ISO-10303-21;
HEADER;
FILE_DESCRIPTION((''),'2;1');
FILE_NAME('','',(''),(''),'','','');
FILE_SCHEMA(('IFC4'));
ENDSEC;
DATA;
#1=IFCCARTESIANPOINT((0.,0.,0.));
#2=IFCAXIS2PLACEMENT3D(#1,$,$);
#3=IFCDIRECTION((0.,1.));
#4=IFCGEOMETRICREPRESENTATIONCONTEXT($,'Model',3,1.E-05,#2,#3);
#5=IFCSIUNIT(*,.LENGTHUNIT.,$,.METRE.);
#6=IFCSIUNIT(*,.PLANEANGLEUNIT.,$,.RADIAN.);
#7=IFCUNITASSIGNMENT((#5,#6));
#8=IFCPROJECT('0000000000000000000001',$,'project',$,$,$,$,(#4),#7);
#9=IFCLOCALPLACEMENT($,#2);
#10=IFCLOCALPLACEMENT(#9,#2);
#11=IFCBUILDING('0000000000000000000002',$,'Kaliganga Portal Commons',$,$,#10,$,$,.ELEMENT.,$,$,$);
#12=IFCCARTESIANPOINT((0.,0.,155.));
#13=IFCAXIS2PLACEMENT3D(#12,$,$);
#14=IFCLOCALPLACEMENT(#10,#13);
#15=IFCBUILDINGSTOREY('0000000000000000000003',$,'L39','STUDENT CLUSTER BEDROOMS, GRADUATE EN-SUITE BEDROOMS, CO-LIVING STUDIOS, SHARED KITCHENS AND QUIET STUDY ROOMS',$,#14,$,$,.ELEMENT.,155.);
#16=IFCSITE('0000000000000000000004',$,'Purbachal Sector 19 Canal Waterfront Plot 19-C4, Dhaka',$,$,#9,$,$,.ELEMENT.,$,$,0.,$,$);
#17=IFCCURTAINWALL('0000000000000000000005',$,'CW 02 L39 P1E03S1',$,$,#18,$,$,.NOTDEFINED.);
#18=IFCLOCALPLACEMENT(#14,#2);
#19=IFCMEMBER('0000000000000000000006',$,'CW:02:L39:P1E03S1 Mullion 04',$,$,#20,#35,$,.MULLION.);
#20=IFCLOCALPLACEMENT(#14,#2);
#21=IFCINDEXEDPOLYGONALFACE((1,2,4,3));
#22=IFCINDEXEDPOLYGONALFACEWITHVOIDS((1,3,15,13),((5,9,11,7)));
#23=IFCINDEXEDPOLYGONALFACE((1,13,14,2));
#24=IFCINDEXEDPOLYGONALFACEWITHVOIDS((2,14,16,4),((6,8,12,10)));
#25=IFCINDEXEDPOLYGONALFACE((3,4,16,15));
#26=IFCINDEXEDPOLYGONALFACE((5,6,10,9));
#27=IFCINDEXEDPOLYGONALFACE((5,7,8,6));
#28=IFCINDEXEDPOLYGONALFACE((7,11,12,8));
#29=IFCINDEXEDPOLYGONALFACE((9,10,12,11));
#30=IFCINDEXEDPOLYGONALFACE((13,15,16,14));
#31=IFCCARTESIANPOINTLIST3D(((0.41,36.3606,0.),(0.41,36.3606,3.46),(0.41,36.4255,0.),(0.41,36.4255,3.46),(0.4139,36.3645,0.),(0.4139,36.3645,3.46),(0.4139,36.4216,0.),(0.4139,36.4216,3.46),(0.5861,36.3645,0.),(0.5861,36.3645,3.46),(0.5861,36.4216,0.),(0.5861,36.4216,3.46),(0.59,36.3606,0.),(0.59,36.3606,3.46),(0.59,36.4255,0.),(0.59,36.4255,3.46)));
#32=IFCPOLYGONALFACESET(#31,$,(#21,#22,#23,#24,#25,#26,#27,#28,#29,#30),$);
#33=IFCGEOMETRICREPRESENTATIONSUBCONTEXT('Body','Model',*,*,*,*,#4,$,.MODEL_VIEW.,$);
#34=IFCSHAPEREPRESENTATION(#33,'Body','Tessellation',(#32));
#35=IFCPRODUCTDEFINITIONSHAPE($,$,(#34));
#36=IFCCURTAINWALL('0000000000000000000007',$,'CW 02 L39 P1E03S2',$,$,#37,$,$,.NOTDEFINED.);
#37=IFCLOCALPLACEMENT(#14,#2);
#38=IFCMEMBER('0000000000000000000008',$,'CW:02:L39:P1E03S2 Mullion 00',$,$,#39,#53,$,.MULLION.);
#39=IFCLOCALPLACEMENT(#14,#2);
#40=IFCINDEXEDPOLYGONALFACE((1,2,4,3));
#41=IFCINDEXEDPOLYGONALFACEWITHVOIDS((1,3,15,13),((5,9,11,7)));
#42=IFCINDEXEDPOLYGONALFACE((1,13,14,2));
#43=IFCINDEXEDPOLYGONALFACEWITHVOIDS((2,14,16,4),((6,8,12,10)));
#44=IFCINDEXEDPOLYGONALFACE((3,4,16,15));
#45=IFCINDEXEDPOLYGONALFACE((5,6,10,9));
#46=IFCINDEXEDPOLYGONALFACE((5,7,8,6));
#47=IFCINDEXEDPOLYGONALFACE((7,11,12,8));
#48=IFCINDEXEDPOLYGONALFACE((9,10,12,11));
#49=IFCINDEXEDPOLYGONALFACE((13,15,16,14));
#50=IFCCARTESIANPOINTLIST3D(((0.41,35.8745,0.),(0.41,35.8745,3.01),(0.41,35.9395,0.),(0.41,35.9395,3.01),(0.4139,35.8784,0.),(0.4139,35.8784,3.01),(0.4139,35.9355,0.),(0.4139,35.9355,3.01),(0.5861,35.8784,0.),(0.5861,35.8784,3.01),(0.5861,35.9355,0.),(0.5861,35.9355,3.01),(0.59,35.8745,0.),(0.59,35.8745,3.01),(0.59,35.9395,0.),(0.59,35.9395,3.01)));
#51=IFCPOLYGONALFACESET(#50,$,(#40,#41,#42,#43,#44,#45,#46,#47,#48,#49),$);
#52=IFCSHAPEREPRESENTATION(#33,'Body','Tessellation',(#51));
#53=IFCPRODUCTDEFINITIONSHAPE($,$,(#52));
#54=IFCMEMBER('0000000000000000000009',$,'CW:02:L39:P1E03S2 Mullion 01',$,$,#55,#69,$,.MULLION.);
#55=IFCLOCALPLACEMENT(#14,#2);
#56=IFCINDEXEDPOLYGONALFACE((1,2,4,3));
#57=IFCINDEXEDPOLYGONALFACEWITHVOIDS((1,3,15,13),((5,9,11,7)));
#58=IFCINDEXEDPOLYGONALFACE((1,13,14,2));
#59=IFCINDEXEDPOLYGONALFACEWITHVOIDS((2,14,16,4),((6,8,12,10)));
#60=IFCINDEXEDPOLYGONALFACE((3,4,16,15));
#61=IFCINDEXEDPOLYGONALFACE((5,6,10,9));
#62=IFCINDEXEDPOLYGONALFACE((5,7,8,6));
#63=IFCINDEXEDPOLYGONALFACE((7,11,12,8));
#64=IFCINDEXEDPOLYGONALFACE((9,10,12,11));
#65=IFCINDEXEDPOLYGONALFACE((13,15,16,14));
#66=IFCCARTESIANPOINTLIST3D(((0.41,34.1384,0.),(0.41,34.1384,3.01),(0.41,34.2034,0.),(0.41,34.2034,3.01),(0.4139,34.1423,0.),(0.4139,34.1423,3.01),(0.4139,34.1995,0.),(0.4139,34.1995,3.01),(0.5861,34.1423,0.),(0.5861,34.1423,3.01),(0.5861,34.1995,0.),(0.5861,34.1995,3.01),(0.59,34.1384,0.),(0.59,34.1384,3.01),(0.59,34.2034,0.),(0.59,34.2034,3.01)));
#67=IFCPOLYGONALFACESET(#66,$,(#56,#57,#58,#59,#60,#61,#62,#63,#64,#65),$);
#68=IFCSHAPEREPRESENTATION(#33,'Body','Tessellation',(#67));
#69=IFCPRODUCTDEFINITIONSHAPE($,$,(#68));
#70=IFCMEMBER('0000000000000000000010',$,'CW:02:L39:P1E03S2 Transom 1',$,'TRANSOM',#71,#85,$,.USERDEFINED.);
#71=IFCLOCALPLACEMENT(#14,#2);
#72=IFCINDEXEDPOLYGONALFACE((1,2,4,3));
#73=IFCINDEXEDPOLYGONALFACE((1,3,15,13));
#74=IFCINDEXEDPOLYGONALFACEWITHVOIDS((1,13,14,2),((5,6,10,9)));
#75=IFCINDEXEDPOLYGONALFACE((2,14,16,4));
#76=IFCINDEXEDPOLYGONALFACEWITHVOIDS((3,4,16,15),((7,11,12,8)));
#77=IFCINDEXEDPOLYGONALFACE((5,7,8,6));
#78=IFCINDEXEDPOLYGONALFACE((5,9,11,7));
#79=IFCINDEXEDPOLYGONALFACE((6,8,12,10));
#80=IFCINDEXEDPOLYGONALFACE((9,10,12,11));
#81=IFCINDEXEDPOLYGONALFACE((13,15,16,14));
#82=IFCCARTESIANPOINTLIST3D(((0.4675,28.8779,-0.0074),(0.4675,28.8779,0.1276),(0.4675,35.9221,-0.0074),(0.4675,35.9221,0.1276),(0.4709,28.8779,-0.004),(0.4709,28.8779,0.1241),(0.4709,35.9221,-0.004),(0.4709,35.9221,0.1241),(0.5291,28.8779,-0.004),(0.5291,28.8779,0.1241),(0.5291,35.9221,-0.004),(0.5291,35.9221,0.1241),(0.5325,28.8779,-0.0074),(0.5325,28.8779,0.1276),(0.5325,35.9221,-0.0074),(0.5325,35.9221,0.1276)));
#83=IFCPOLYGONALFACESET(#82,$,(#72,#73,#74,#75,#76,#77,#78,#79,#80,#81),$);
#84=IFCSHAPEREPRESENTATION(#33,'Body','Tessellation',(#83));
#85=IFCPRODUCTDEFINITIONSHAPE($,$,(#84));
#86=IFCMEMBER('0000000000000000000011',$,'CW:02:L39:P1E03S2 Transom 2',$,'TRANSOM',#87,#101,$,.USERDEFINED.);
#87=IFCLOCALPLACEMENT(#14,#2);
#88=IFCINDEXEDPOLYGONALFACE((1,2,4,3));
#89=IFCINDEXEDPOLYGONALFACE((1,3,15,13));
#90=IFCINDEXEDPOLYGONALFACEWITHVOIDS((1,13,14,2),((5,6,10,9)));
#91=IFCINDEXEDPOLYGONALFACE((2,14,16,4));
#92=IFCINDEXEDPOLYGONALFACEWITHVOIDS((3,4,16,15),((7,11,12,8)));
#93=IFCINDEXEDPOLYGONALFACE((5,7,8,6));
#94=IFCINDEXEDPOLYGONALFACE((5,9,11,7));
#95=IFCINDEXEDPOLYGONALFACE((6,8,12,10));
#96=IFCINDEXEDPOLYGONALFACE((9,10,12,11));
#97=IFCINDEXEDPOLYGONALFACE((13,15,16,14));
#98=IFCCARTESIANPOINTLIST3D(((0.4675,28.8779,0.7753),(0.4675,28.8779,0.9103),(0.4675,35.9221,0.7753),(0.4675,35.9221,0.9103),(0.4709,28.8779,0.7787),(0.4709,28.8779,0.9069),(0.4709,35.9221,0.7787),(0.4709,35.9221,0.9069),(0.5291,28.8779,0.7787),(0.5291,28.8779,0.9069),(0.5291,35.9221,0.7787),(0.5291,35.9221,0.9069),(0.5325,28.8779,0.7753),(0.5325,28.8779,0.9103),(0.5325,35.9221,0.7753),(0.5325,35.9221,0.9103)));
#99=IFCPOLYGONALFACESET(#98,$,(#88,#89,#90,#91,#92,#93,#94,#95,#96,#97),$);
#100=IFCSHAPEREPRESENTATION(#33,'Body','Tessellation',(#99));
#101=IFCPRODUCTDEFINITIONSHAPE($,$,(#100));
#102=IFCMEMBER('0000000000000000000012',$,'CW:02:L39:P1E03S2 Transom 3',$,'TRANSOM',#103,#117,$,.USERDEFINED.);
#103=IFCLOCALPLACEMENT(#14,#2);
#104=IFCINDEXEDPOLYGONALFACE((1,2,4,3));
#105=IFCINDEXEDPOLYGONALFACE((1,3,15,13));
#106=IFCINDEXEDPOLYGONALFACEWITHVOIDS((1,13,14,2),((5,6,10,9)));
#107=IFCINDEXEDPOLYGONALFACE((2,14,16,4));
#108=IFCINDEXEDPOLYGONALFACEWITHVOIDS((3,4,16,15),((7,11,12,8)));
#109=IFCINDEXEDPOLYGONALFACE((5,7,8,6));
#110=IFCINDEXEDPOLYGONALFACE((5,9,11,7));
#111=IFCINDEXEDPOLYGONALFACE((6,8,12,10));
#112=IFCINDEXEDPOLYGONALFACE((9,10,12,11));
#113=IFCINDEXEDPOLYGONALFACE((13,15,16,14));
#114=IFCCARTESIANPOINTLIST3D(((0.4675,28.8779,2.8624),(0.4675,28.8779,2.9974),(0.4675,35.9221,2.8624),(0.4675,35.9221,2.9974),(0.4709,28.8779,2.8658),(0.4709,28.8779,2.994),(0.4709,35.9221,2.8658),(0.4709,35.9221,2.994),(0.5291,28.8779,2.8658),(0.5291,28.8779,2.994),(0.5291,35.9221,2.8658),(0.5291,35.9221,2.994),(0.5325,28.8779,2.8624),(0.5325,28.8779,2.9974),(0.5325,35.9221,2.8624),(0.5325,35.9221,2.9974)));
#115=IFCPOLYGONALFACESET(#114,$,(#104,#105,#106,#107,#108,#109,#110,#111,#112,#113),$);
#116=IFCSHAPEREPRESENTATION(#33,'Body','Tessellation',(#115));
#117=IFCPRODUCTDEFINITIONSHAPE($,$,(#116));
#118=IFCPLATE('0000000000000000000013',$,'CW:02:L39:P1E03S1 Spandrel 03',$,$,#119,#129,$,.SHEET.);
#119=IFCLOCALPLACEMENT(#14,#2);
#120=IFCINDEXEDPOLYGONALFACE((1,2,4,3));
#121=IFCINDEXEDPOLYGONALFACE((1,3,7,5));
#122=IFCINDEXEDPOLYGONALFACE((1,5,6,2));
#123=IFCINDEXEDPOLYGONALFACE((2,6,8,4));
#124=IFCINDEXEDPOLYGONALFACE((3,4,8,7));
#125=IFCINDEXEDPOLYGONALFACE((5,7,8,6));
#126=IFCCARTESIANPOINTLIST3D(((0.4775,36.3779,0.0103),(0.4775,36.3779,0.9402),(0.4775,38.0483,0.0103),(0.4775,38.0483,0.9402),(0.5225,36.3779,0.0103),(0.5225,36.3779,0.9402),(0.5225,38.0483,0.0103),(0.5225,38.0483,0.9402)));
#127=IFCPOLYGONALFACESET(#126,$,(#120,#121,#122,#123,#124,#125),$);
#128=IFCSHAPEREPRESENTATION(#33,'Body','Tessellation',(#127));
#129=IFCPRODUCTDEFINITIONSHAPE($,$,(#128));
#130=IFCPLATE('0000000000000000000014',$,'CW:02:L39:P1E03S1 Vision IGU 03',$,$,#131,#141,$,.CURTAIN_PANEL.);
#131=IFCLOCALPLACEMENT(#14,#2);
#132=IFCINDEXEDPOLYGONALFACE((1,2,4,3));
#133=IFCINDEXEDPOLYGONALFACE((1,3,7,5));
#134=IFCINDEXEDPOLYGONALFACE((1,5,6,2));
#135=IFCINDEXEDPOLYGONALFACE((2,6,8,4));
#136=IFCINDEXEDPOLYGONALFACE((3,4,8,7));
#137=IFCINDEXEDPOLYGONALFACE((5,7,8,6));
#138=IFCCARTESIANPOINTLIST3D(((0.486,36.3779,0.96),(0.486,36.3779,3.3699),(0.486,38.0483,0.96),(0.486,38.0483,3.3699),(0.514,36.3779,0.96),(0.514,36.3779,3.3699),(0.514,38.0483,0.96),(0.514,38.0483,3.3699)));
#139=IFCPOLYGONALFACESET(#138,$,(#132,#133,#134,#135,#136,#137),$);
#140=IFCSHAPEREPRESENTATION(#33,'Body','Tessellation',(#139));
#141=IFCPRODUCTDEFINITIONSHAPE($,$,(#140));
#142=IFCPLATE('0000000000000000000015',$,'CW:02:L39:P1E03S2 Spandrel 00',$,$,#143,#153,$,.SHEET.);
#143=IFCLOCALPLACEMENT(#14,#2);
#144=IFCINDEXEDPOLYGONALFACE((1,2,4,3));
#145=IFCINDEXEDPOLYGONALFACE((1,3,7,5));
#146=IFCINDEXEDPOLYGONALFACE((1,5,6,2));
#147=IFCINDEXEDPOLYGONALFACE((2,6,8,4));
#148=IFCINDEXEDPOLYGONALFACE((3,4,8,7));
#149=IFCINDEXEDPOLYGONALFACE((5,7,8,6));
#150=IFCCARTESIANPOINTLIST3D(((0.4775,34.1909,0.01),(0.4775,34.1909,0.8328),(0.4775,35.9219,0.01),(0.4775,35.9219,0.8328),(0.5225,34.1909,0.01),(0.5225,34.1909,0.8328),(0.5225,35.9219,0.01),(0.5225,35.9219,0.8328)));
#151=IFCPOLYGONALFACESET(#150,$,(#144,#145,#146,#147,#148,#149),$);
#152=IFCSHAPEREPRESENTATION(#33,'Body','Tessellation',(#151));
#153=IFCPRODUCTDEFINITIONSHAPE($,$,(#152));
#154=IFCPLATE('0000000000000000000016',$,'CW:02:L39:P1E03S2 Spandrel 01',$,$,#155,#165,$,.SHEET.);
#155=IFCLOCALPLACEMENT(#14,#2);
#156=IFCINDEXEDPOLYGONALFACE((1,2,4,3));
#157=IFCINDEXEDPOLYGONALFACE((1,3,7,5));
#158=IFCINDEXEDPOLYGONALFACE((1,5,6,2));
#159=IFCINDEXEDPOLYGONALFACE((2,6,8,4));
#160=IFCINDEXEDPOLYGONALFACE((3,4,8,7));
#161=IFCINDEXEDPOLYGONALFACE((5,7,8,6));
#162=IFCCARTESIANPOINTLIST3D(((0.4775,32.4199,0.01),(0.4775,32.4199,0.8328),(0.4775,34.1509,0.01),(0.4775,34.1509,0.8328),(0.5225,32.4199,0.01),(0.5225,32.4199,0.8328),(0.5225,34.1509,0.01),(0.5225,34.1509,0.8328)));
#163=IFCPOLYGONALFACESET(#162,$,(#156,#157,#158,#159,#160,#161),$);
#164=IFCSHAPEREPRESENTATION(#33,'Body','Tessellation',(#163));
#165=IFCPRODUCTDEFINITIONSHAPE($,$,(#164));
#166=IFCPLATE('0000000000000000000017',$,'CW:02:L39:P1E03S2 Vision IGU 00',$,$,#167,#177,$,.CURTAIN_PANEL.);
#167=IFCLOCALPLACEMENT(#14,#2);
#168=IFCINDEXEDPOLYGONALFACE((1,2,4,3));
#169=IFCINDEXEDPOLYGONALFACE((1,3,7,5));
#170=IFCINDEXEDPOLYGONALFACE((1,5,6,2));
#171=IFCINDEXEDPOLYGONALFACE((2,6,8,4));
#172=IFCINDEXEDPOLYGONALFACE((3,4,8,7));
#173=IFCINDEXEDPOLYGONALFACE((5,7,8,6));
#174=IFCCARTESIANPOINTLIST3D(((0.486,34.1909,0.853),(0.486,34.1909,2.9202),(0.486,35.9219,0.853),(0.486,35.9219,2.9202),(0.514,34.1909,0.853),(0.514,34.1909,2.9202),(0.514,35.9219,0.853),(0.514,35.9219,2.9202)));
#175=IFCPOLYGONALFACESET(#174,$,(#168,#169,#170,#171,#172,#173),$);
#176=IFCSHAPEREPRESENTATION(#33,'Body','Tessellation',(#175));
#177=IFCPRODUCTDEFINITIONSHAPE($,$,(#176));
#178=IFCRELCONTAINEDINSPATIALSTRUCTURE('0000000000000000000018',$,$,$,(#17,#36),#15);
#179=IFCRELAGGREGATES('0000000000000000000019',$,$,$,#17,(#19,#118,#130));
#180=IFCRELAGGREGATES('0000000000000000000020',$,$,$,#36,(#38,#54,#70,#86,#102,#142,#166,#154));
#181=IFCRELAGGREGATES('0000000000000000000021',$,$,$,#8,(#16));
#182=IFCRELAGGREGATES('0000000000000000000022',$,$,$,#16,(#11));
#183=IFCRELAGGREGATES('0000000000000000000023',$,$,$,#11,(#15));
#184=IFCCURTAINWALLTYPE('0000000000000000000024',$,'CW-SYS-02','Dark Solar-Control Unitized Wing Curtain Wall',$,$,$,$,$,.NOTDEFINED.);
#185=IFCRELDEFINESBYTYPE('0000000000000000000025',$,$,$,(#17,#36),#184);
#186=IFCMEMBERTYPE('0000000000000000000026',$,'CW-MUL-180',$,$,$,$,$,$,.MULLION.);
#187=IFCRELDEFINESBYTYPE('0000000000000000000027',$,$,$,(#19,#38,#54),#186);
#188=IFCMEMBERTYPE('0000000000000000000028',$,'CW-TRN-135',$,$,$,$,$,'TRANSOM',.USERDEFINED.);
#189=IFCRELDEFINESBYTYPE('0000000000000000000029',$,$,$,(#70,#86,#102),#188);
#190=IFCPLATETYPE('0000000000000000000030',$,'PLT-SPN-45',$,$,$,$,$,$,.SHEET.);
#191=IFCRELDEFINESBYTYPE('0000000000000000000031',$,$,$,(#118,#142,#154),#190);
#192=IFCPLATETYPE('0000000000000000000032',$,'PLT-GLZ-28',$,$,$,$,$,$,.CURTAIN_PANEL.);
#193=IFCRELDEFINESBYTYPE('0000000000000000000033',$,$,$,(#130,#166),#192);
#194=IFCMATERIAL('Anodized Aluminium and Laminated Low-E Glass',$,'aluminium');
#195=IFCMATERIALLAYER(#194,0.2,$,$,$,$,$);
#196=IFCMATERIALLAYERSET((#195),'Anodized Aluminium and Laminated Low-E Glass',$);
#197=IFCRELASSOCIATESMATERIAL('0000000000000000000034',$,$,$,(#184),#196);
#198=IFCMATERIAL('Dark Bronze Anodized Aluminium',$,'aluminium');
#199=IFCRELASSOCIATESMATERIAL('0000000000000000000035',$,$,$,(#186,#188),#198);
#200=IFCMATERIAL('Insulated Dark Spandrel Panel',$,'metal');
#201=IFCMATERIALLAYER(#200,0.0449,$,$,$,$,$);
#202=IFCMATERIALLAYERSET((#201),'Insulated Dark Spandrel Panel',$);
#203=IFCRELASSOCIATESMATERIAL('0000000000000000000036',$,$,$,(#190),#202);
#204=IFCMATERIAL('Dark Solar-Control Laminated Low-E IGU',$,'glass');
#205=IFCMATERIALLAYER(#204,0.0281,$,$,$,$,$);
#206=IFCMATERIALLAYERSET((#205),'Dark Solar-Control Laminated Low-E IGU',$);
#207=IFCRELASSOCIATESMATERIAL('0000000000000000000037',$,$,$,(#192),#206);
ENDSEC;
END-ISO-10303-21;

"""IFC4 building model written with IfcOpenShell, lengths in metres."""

from ifc_helpers import new_model, si_unit, direction, frame, origin, origin_2d, place, context, subcontext, project, spatial, rectangle, hollow_rectangle, extrude, source, transform, mapped, material, layer, layer_set, material_profile, profile_set, type_object, element, aggregate, save


model = new_model("IFC4")

# Units and contexts
model_context = context("Model", 3, precision=1e-05, world=origin(), true_north=direction((0.0, 1.0)))
body_context = subcontext(model_context, "Body", "Model", "MODEL_VIEW")
ifc_project = project(units=[si_unit("LENGTHUNIT", "METRE"), si_unit("PLANEANGLEUNIT", "RADIAN")], contexts=[model_context])

# Site, building, storey
site_placement = place(None, origin())
site = spatial("IfcSite", under=ifc_project, at=site_placement, Name="Purbachal Sector 19 Canal Waterfront Plot 19-C4, Dhaka", CompositionType="ELEMENT", RefElevation=0.0)
building_placement = place(site_placement, origin())
building = spatial("IfcBuilding", under=site, at=building_placement, Name="Kaliganga Portal Commons", CompositionType="ELEMENT")
storey_placement = place(building_placement, frame((0.0, 0.0, 155.0)))
storey = spatial("IfcBuildingStorey", under=building, at=storey_placement, Name="L39", Description="STUDENT CLUSTER BEDROOMS, GRADUATE EN-SUITE BEDROOMS, CO-LIVING STUDIOS, SHARED KITCHENS AND QUIET STUDY ROOMS", CompositionType="ELEMENT", Elevation=155.0)

# Curtain walls, members
ifc_material_1 = material(Name="Anodized Aluminium and Laminated Low-E Glass", Category="aluminium")
ifc_layer_1 = layer(ifc_material_1, 0.2)
ifc_layer_set_1 = layer_set([ifc_layer_1], Name="Anodized Aluminium and Laminated Low-E Glass")
curtain_wall_type = type_object("IfcCurtainWallType", Name="CW-SYS-02", Description="Dark Solar-Control Unitized Wing Curtain Wall", PredefinedType="NOTDEFINED", material=ifc_layer_set_1)
curtain_wall_1_placement = place(storey_placement, origin())
curtain_wall_1 = element("IfcCurtainWall", 1, at=curtain_wall_1_placement, inside=storey, type_object=curtain_wall_type, Name="CW 02 L39 P1E03S1", PredefinedType="NOTDEFINED")
ifc_material_2 = material(Name="Dark Bronze Anodized Aluminium", Category="aluminium")
ifc_material_profile_1 = material_profile(ifc_material_2, hollow_rectangle(XDim=0.0649, YDim=0.1799, WallThickness=0.0039, at=origin_2d()), Name="ALU MULL 65x180x4")
ifc_profile_set_1 = profile_set([ifc_material_profile_1], Name="Dark Bronze Anodized Aluminium")
member_type_1 = type_object("IfcMemberType", Name="CW-MUL-180", PredefinedType="MULLION", material=ifc_profile_set_1)
shared_shape_1 = source(origin(), body_context, "Body", "SweptSolid", [
    extrude(hollow_rectangle(XDim=0.0649, YDim=0.1799, WallThickness=0.0039, at=origin_2d()), origin(), (0.0, 0.0, 1.0), 3.46),
])
member_1_placement = place(storey_placement, frame((0.5, 36.3931, 0.0), z_axis=(0.0, 0.0, 1.0), x_axis=(0.0, -1.0, 0.0)))
member_1 = element("IfcMember", 2, at=member_1_placement, type_object=member_type_1, Name="CW:02:L39:P1E03S1 Mullion 04", PredefinedType="MULLION", context=body_context, shape_type="MappedRepresentation", body=[
    mapped(shared_shape_1, transform((0.0, 0.0, 0.0), x_axis=(1.0, 0.0, 0.0), y_axis=(0.0, 1.0, 0.0), z_axis=(0.0, 0.0, 1.0), scale=1.0)),
])
curtain_wall_2_placement = place(storey_placement, origin())
curtain_wall_2 = element("IfcCurtainWall", 3, at=curtain_wall_2_placement, inside=storey, type_object=curtain_wall_type, Name="CW 02 L39 P1E03S2", PredefinedType="NOTDEFINED")
shared_shape_2 = source(origin(), body_context, "Body", "SweptSolid", [
    extrude(hollow_rectangle(XDim=0.0649, YDim=0.1799, WallThickness=0.0039, at=origin_2d()), origin(), (0.0, 0.0, 1.0), 3.01),
])
member_2_placement = place(storey_placement, frame((0.5, 35.907, 0.0), z_axis=(0.0, 0.0, 1.0), x_axis=(0.0, -1.0, 0.0)))
member_2 = element("IfcMember", 4, at=member_2_placement, type_object=member_type_1, Name="CW:02:L39:P1E03S2 Mullion 00", PredefinedType="MULLION", context=body_context, shape_type="MappedRepresentation", body=[
    mapped(shared_shape_2, transform((0.0, 0.0, 0.0), x_axis=(1.0, 0.0, 0.0), y_axis=(0.0, 1.0, 0.0), z_axis=(0.0, 0.0, 1.0), scale=1.0)),
])
member_3_placement = place(storey_placement, frame((0.5, 34.1709, 0.0), z_axis=(0.0, 0.0, 1.0), x_axis=(0.0, -1.0, 0.0)))
member_3 = element("IfcMember", 5, at=member_3_placement, type_object=member_type_1, Name="CW:02:L39:P1E03S2 Mullion 01", PredefinedType="MULLION", context=body_context, shape_type="MappedRepresentation", body=[
    mapped(shared_shape_2, transform((0.0, 0.0, 0.0), x_axis=(1.0, 0.0, 0.0), y_axis=(0.0, 1.0, 0.0), z_axis=(0.0, 0.0, 1.0), scale=1.0)),
])
ifc_material_profile_2 = material_profile(ifc_material_2, hollow_rectangle(XDim=0.0649, YDim=0.135, WallThickness=0.0034, at=origin_2d()), Name="ALU TRAN 65x135x3.5")
ifc_profile_set_2 = profile_set([ifc_material_profile_2], Name="Dark Bronze Anodized Aluminium")
member_type_2 = type_object("IfcMemberType", Name="CW-TRN-135", ElementType="TRANSOM", PredefinedType="USERDEFINED", material=ifc_profile_set_2)
shared_shape_3 = source(origin(), body_context, "Body", "SweptSolid", [
    extrude(hollow_rectangle(XDim=0.0649, YDim=0.135, WallThickness=0.0034, at=origin_2d()), origin(), (0.0, 0.0, 1.0), 7.0442),
])
member_4_placement = place(storey_placement, frame((0.5, 35.9221, 0.0601), z_axis=(0.0, -1.0, 0.0), x_axis=(1.0, 0.0, 0.0)))
member_4 = element("IfcMember", 6, at=member_4_placement, type_object=member_type_2, Name="CW:02:L39:P1E03S2 Transom 1", ObjectType="TRANSOM", PredefinedType="USERDEFINED", context=body_context, shape_type="MappedRepresentation", body=[
    mapped(shared_shape_3, transform((0.0, 0.0, 0.0), x_axis=(1.0, 0.0, 0.0), y_axis=(0.0, 1.0, 0.0), z_axis=(0.0, 0.0, 1.0), scale=1.0)),
])
member_5_placement = place(storey_placement, frame((0.5, 35.9221, 0.8428), z_axis=(0.0, -1.0, 0.0), x_axis=(1.0, 0.0, 0.0)))
member_5 = element("IfcMember", 7, at=member_5_placement, type_object=member_type_2, Name="CW:02:L39:P1E03S2 Transom 2", ObjectType="TRANSOM", PredefinedType="USERDEFINED", context=body_context, shape_type="MappedRepresentation", body=[
    mapped(shared_shape_3, transform((0.0, 0.0, 0.0), x_axis=(1.0, 0.0, 0.0), y_axis=(0.0, 1.0, 0.0), z_axis=(0.0, 0.0, 1.0), scale=1.0)),
])
member_6_placement = place(storey_placement, frame((0.5, 35.9221, 2.9299), z_axis=(0.0, -1.0, 0.0), x_axis=(1.0, 0.0, 0.0)))
member_6 = element("IfcMember", 8, at=member_6_placement, type_object=member_type_2, Name="CW:02:L39:P1E03S2 Transom 3", ObjectType="TRANSOM", PredefinedType="USERDEFINED", context=body_context, shape_type="MappedRepresentation", body=[
    mapped(shared_shape_3, transform((0.0, 0.0, 0.0), x_axis=(1.0, 0.0, 0.0), y_axis=(0.0, 1.0, 0.0), z_axis=(0.0, 0.0, 1.0), scale=1.0)),
])

# Plates
ifc_material_3 = material(Name="Insulated Dark Spandrel Panel", Category="metal")
ifc_layer_2 = layer(ifc_material_3, 0.0449)
ifc_layer_set_2 = layer_set([ifc_layer_2], Name="Insulated Dark Spandrel Panel")
plate_type_1 = type_object("IfcPlateType", Name="PLT-SPN-45", PredefinedType="SHEET", material=ifc_layer_set_2)
shared_shape_4 = source(origin(), body_context, "Body", "SweptSolid", [
    extrude(rectangle(XDim=1.6704, YDim=0.0449, at=origin_2d()), origin(), (0.0, 0.0, 1.0), 0.9299),
])
plate_1_placement = place(storey_placement, frame((0.5, 37.2131, 0.0103), z_axis=(0.0, 0.0, 1.0), x_axis=(0.0, -1.0, 0.0)))
plate_1 = element("IfcPlate", 9, at=plate_1_placement, type_object=plate_type_1, Name="CW:02:L39:P1E03S1 Spandrel 03", PredefinedType="SHEET", context=body_context, shape_type="MappedRepresentation", body=[
    mapped(shared_shape_4, transform((0.0, 0.0, 0.0), x_axis=(1.0, 0.0, 0.0), y_axis=(0.0, 1.0, 0.0), z_axis=(0.0, 0.0, 1.0), scale=1.0)),
])
ifc_material_4 = material(Name="Dark Solar-Control Laminated Low-E IGU", Category="glass")
ifc_layer_3 = layer(ifc_material_4, 0.0281)
ifc_layer_set_3 = layer_set([ifc_layer_3], Name="Dark Solar-Control Laminated Low-E IGU")
plate_type_2 = type_object("IfcPlateType", Name="PLT-GLZ-28", PredefinedType="CURTAIN_PANEL", material=ifc_layer_set_3)
shared_shape_5 = source(origin(), body_context, "Body", "SweptSolid", [
    extrude(rectangle(XDim=1.6704, YDim=0.0281, at=origin_2d()), origin(), (0.0, 0.0, 1.0), 2.4099),
])
plate_2_placement = place(storey_placement, frame((0.5, 37.2131, 0.96), z_axis=(0.0, 0.0, 1.0), x_axis=(0.0, -1.0, 0.0)))
plate_2 = element("IfcPlate", 10, at=plate_2_placement, type_object=plate_type_2, Name="CW:02:L39:P1E03S1 Vision IGU 03", PredefinedType="CURTAIN_PANEL", context=body_context, shape_type="MappedRepresentation", body=[
    mapped(shared_shape_5, transform((0.0, 0.0, 0.0), x_axis=(1.0, 0.0, 0.0), y_axis=(0.0, 1.0, 0.0), z_axis=(0.0, 0.0, 1.0), scale=1.0)),
])
aggregate(curtain_wall_1, [member_1, plate_1, plate_2])
shared_shape_6 = source(origin(), body_context, "Body", "SweptSolid", [
    extrude(rectangle(XDim=1.731, YDim=0.0449, at=origin_2d()), origin(), (0.0, 0.0, 1.0), 0.8228),
])
plate_3_placement = place(storey_placement, frame((0.5, 35.0564, 0.01), z_axis=(0.0, 0.0, 1.0), x_axis=(0.0, -1.0, 0.0)))
plate_3 = element("IfcPlate", 11, at=plate_3_placement, type_object=plate_type_1, Name="CW:02:L39:P1E03S2 Spandrel 00", PredefinedType="SHEET", context=body_context, shape_type="MappedRepresentation", body=[
    mapped(shared_shape_6, transform((0.0, 0.0, 0.0), x_axis=(1.0, 0.0, 0.0), y_axis=(0.0, 1.0, 0.0), z_axis=(0.0, 0.0, 1.0), scale=1.0)),
])
plate_4_placement = place(storey_placement, frame((0.5, 33.2854, 0.01), z_axis=(0.0, 0.0, 1.0), x_axis=(0.0, -1.0, 0.0)))
plate_4 = element("IfcPlate", 12, at=plate_4_placement, type_object=plate_type_1, Name="CW:02:L39:P1E03S2 Spandrel 01", PredefinedType="SHEET", context=body_context, shape_type="MappedRepresentation", body=[
    mapped(shared_shape_6, transform((0.0, 0.0, 0.0), x_axis=(1.0, 0.0, 0.0), y_axis=(0.0, 1.0, 0.0), z_axis=(0.0, 0.0, 1.0), scale=1.0)),
])
shared_shape_7 = source(origin(), body_context, "Body", "SweptSolid", [
    extrude(rectangle(XDim=1.731, YDim=0.0281, at=origin_2d()), origin(), (0.0, 0.0, 1.0), 2.0671),
])
plate_5_placement = place(storey_placement, frame((0.5, 35.0564, 0.853), z_axis=(0.0, 0.0, 1.0), x_axis=(0.0, -1.0, 0.0)))
plate_5 = element("IfcPlate", 13, at=plate_5_placement, type_object=plate_type_2, Name="CW:02:L39:P1E03S2 Vision IGU 00", PredefinedType="CURTAIN_PANEL", context=body_context, shape_type="MappedRepresentation", body=[
    mapped(shared_shape_7, transform((0.0, 0.0, 0.0), x_axis=(1.0, 0.0, 0.0), y_axis=(0.0, 1.0, 0.0), z_axis=(0.0, 0.0, 1.0), scale=1.0)),
])
aggregate(curtain_wall_2, [member_2, member_3, member_4, member_5, member_6, plate_3, plate_5, plate_4])

save(model, "model.ifc")
